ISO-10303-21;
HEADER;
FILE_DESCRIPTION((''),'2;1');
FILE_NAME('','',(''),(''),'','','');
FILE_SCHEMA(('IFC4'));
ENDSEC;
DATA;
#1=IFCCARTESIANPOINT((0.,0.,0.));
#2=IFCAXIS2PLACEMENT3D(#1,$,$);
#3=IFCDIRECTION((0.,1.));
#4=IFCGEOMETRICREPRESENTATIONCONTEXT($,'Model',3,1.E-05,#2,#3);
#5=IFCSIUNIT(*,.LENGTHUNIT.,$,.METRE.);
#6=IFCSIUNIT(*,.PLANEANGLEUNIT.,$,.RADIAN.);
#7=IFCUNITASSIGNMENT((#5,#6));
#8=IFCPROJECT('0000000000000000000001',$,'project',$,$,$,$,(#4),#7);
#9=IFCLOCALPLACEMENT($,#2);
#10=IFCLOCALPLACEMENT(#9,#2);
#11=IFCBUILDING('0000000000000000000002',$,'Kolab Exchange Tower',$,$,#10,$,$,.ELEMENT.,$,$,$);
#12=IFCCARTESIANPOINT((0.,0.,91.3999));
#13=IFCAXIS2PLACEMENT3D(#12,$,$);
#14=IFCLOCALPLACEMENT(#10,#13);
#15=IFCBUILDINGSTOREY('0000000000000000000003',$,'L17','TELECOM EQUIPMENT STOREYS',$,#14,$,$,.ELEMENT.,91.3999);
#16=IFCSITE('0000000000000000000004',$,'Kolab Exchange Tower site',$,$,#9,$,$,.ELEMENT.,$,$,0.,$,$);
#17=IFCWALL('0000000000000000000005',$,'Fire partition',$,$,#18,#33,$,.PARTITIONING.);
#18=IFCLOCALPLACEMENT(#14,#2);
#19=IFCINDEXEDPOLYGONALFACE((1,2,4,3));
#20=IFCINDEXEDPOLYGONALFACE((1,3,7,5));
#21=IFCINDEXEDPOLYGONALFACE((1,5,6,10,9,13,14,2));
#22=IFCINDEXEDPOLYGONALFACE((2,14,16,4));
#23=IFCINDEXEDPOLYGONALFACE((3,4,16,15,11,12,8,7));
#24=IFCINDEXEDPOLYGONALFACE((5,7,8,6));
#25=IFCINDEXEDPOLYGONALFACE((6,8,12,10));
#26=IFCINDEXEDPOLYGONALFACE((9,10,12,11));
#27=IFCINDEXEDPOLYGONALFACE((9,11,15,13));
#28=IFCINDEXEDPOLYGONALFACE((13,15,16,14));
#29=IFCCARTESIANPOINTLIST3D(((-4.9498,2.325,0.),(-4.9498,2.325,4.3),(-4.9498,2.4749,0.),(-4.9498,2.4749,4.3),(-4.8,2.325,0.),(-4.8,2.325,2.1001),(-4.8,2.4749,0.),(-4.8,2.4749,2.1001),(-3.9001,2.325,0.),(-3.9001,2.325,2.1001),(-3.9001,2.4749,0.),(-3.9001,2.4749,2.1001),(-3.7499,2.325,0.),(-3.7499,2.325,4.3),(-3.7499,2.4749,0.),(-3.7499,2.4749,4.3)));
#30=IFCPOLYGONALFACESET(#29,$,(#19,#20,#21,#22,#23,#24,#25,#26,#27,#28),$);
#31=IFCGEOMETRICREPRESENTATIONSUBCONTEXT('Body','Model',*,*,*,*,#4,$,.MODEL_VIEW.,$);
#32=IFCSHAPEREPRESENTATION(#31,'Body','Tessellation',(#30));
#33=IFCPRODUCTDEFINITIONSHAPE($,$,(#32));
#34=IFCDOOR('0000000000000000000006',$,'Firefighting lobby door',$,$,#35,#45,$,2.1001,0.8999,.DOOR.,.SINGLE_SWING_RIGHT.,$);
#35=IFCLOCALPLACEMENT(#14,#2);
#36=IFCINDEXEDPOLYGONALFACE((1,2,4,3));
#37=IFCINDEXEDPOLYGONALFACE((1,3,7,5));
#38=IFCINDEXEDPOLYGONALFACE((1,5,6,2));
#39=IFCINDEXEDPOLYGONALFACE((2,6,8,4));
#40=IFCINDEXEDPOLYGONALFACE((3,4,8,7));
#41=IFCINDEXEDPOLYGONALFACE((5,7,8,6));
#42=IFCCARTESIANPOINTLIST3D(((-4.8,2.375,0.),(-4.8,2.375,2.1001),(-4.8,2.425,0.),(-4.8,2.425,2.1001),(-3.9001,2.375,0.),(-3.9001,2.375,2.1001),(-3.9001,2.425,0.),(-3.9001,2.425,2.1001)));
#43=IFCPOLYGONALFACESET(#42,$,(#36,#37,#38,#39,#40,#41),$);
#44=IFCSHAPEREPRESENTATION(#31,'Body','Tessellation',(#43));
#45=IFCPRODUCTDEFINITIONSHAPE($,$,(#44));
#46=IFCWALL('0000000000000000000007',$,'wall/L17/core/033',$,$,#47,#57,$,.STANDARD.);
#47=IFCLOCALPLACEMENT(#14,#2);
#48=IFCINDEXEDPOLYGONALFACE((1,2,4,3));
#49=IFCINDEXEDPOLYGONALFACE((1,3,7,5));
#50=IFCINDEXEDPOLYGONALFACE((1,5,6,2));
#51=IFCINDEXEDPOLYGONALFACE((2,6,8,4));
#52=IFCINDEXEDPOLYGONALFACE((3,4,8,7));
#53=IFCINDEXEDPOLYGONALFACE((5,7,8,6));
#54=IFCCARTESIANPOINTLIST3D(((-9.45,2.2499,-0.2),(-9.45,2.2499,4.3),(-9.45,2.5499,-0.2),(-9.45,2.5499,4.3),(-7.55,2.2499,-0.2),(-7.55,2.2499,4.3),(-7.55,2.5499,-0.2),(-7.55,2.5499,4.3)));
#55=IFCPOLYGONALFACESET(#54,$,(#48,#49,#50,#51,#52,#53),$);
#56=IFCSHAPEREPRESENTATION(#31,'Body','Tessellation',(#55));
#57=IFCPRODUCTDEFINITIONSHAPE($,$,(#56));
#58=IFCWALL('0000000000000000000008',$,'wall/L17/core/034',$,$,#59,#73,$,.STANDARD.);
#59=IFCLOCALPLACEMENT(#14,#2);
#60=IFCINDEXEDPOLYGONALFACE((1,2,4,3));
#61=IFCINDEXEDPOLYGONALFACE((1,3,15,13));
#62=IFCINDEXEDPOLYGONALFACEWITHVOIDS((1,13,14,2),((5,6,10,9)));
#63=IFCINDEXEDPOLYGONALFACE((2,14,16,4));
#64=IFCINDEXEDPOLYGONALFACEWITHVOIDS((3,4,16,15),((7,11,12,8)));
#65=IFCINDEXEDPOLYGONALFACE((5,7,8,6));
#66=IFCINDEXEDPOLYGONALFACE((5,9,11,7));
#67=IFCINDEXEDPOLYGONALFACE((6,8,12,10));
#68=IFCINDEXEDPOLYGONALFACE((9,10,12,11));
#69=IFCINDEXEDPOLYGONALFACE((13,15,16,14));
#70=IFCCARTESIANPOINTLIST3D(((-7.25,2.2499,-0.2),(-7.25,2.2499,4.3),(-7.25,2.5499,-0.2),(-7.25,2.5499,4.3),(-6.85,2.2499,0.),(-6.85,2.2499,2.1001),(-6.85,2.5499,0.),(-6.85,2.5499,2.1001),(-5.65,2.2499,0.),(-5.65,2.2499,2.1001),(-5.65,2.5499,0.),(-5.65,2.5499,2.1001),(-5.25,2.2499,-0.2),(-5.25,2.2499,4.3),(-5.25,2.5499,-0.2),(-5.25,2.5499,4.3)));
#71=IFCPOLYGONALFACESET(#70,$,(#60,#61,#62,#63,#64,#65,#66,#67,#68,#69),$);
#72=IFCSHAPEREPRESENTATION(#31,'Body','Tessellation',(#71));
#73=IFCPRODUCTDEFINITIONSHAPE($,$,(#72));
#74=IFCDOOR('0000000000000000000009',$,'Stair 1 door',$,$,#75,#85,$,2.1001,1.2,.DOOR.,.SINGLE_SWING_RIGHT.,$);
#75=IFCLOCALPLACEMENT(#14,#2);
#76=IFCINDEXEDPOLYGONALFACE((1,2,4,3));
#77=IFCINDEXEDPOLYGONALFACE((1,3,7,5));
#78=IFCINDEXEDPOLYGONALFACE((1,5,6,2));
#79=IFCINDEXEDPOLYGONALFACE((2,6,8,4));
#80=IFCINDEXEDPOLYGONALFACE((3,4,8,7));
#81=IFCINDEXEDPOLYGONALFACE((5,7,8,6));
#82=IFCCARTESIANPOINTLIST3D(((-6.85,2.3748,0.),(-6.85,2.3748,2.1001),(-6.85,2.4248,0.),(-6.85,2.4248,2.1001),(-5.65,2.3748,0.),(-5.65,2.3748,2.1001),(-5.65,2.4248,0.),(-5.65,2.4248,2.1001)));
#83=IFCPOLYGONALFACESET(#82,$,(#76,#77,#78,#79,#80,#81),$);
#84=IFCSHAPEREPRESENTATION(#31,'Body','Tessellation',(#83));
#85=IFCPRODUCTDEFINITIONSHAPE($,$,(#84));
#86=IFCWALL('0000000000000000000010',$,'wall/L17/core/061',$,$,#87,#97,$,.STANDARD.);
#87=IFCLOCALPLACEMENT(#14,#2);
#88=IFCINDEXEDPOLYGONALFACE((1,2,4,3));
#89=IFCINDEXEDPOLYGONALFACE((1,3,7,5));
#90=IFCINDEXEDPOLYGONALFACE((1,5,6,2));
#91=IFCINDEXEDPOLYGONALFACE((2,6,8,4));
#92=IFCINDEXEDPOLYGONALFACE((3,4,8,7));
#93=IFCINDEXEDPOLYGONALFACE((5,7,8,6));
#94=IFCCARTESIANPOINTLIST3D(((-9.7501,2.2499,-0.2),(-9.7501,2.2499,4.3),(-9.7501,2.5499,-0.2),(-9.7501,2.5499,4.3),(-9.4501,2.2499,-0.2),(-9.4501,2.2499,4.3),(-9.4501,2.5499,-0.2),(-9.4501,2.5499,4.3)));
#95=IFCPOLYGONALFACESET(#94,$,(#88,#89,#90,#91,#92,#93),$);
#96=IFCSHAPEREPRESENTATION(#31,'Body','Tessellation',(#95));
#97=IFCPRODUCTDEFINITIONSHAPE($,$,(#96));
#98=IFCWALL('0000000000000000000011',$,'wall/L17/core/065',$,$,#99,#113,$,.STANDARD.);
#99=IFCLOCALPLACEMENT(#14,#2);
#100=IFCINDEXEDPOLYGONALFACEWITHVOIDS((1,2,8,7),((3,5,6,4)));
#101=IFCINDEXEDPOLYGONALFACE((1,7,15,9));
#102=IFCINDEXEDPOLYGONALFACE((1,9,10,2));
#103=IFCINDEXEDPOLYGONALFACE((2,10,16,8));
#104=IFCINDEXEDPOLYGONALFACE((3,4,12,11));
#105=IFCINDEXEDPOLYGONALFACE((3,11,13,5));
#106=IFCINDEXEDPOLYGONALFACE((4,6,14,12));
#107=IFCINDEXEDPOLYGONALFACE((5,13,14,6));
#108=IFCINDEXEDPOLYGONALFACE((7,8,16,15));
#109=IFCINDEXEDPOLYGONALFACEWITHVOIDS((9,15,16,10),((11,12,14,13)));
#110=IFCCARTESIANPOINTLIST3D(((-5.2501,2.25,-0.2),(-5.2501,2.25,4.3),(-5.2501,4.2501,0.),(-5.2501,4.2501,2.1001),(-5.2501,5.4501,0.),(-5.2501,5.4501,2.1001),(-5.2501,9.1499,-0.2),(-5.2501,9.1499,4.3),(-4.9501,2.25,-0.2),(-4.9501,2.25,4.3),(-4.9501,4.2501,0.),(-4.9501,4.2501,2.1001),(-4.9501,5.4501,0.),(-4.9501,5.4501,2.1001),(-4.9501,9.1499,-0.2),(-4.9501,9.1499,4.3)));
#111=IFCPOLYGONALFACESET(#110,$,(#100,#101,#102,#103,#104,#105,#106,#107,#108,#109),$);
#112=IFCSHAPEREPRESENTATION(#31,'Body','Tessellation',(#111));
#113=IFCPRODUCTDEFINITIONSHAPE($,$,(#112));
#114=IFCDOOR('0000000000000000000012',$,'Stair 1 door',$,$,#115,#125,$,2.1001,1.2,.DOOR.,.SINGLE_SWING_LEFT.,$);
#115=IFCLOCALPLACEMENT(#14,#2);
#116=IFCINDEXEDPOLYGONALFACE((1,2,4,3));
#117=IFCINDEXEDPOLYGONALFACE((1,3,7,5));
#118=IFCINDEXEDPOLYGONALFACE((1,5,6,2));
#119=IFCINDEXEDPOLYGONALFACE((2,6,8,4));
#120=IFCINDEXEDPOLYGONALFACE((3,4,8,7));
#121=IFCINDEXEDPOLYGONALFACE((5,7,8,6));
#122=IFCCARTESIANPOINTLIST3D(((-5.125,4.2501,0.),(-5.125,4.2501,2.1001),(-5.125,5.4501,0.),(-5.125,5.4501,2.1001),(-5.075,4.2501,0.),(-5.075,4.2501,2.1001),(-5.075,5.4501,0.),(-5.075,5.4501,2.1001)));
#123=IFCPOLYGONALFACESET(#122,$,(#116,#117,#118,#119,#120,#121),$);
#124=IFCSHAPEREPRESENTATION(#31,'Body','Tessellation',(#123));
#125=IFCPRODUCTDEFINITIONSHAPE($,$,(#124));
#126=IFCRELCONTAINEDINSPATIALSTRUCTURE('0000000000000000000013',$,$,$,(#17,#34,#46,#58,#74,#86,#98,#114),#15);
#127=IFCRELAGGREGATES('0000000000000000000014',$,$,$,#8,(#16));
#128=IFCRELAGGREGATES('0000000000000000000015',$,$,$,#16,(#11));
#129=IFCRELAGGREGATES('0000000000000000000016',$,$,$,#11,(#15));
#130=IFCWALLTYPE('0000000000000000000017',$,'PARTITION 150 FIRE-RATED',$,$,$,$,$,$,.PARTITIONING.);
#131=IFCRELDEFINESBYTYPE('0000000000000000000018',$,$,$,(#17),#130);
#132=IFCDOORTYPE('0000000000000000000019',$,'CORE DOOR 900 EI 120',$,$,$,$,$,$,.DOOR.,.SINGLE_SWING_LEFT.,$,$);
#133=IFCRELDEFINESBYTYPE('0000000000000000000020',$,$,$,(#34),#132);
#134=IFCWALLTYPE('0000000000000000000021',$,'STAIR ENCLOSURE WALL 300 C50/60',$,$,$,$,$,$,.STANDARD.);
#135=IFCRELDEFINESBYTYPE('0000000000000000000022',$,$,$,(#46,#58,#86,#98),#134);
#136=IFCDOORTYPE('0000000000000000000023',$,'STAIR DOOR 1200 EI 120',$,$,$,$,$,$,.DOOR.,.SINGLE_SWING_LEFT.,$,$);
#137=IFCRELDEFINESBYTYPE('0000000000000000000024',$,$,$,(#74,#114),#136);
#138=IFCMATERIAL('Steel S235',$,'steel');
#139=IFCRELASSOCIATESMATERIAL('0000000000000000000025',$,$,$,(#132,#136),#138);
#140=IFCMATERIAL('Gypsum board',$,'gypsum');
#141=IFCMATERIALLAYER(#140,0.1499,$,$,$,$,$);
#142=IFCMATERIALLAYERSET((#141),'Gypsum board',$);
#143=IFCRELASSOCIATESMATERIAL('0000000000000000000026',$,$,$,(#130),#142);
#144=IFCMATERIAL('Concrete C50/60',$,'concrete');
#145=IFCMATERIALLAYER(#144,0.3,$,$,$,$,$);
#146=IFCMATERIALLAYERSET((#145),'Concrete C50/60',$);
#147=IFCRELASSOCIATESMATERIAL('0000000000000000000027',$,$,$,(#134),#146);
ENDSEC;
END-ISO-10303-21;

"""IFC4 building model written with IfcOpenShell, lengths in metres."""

from ifc_helpers import new_model, si_unit, direction, frame, frame_2d, origin, place, context, subcontext, project, spatial, rectangle, extrude, material, layer, layer_set, type_object, element, fill, save


model = new_model("IFC4")

# Units and contexts
model_context = context("Model", 3, precision=1e-05, world=origin(), true_north=direction((0.0, 1.0)))
body_context = subcontext(model_context, "Body", "Model", "MODEL_VIEW")
ifc_project = project(units=[si_unit("LENGTHUNIT", "METRE"), si_unit("PLANEANGLEUNIT", "RADIAN")], contexts=[model_context])

# Site, building, storey
site_placement = place(None, origin())
site = spatial("IfcSite", under=ifc_project, at=site_placement, Name="Kolab Exchange Tower site", CompositionType="ELEMENT", RefElevation=0.0)
building_placement = place(site_placement, origin())
building = spatial("IfcBuilding", under=site, at=building_placement, Name="Kolab Exchange Tower", CompositionType="ELEMENT")
storey_placement = place(building_placement, frame((0.0, 0.0, 91.3999)))
storey = spatial("IfcBuildingStorey", under=building, at=storey_placement, Name="L17", Description="TELECOM EQUIPMENT STOREYS", CompositionType="ELEMENT", Elevation=91.3999)

# Shared definitions
ifc_material_1 = material(Name="Concrete C50/60", Category="concrete")

# Shared definitions
ifc_material_2 = material(Name="Steel S235", Category="steel")
door_type_1 = type_object("IfcDoorType", Name="CORE DOOR 900 EI 120", OperationType="SINGLE_SWING_LEFT", PredefinedType="DOOR", material=ifc_material_2)

# Wall, opening, door
ifc_material_3 = material(Name="Gypsum board", Category="gypsum")
ifc_layer_1 = layer(ifc_material_3, 0.1499)
ifc_layer_set_1 = layer_set([ifc_layer_1], Name="Gypsum board")
wall_type_1 = type_object("IfcWallType", Name="PARTITION 150 FIRE-RATED", PredefinedType="PARTITIONING", material=ifc_layer_set_1)
wall_1_placement = place(storey_placement, frame((-4.95, 2.3999, 0.0), z_axis=(0.0, 0.0, 1.0), x_axis=(1.0, 0.0, 0.0)))
wall_1 = element("IfcWall", 1, at=wall_1_placement, inside=storey, type_object=wall_type_1, Name="Fire partition", PredefinedType="PARTITIONING", context=body_context, shape_type="SweptSolid", body=[
    extrude(rectangle(XDim=1.2, YDim=0.1499, at=frame_2d((0.6001, 0.0))), origin(), (0.0, 0.0, 1.0), 4.3),
])
opening_1_placement = place(wall_1_placement, frame((0.1499, 0.0, 0.0)))
opening_1 = element("IfcOpeningElement", 2, at=opening_1_placement, cuts=wall_1, PredefinedType="OPENING", context=body_context, shape_type="SweptSolid", body=[
    extrude(rectangle(XDim=0.8999, YDim=2.1001, at=frame_2d((0.45, 1.05))), frame((0.0, 0.085, 0.0), z_axis=(0.0, -1.0, 0.0), x_axis=(1.0, 0.0, 0.0)), (0.0, 0.0, 1.0), 0.1699),
])
door_1_placement = place(opening_1_placement, frame((0.8999, 0.0, 0.0), z_axis=(0.0, 0.0, 1.0), x_axis=(-1.0, 0.0, 0.0)))
door_1 = element("IfcDoor", 3, at=door_1_placement, inside=storey, type_object=door_type_1, Name="Firefighting lobby door", OperationType="SINGLE_SWING_RIGHT", OverallHeight=2.1001, OverallWidth=0.8999, PredefinedType="DOOR", context=body_context, shape_type="SweptSolid", body=[
    extrude(rectangle(XDim=0.8999, YDim=2.1001, at=frame_2d((0.45, 1.05))), frame((0.0, 0.0249, 0.0), z_axis=(0.0, -1.0, 0.0), x_axis=(1.0, 0.0, 0.0)), (0.0, 0.0, 1.0), 0.05),
])
fill(opening_1, door_1)

# Wall
ifc_layer_2 = layer(ifc_material_1, 0.3)
ifc_layer_set_2 = layer_set([ifc_layer_2], Name="Concrete C50/60")
wall_type_2 = type_object("IfcWallType", Name="STAIR ENCLOSURE WALL 300 C50/60", PredefinedType="STANDARD", material=ifc_layer_set_2)
wall_2_placement = place(storey_placement, frame((-9.45, 2.3999, -0.2), z_axis=(0.0, 0.0, 1.0), x_axis=(1.0, 0.0, 0.0)))
element("IfcWall", 4, at=wall_2_placement, inside=storey, type_object=wall_type_2, Name="wall/L17/core/033", PredefinedType="STANDARD", context=body_context, shape_type="SweptSolid", body=[
    extrude(rectangle(XDim=1.8999, YDim=0.3, at=frame_2d((0.95, 0.0))), origin(), (0.0, 0.0, 1.0), 4.5),
])

# Wall, opening, door
wall_3_placement = place(storey_placement, frame((-7.25, 2.3999, -0.2), z_axis=(0.0, 0.0, 1.0), x_axis=(1.0, 0.0, 0.0)))
wall_3 = element("IfcWall", 5, at=wall_3_placement, inside=storey, type_object=wall_type_2, Name="wall/L17/core/034", PredefinedType="STANDARD", context=body_context, shape_type="SweptSolid", body=[
    extrude(rectangle(XDim=2.0, YDim=0.3, at=frame_2d((1.0, 0.0))), origin(), (0.0, 0.0, 1.0), 4.5),
])
opening_2_placement = place(wall_3_placement, frame((0.3999, 0.0, 0.2)))
opening_2 = element("IfcOpeningElement", 6, at=opening_2_placement, cuts=wall_3, PredefinedType="OPENING", context=body_context, shape_type="SweptSolid", body=[
    extrude(rectangle(XDim=1.2, YDim=2.1001, at=frame_2d((0.6001, 1.05))), frame((0.0, 0.1602, 0.0), z_axis=(0.0, -1.0, 0.0), x_axis=(1.0, 0.0, 0.0)), (0.0, 0.0, 1.0), 0.3201),
])
door_type_2 = type_object("IfcDoorType", Name="STAIR DOOR 1200 EI 120", OperationType="SINGLE_SWING_LEFT", PredefinedType="DOOR", material=ifc_material_2)
door_2_placement = place(opening_2_placement, origin())
door_2 = element("IfcDoor", 7, at=door_2_placement, inside=storey, type_object=door_type_2, Name="Stair 1 door", OperationType="SINGLE_SWING_RIGHT", OverallHeight=2.1001, OverallWidth=1.2, PredefinedType="DOOR", context=body_context, shape_type="SweptSolid", body=[
    extrude(rectangle(XDim=1.2, YDim=2.1001, at=frame_2d((0.6001, 1.05))), frame((0.0, 0.0249, 0.0), z_axis=(0.0, -1.0, 0.0), x_axis=(1.0, 0.0, 0.0)), (0.0, 0.0, 1.0), 0.05),
])
fill(opening_2, door_2)

# Wall
wall_4_placement = place(storey_placement, frame((-9.6001, 2.25, -0.2), z_axis=(0.0, 0.0, 1.0), x_axis=(0.0, 1.0, 0.0)))
element("IfcWall", 8, at=wall_4_placement, inside=storey, type_object=wall_type_2, Name="wall/L17/core/061", PredefinedType="STANDARD", context=body_context, shape_type="SweptSolid", body=[
    extrude(rectangle(XDim=0.3, YDim=0.3, at=frame_2d((0.1499, 0.0))), origin(), (0.0, 0.0, 1.0), 4.5),
])

# Wall, opening, door
wall_5_placement = place(storey_placement, frame((-5.1001, 2.25, -0.2), z_axis=(0.0, 0.0, 1.0), x_axis=(0.0, 1.0, 0.0)))
wall_5 = element("IfcWall", 9, at=wall_5_placement, inside=storey, type_object=wall_type_2, Name="wall/L17/core/065", PredefinedType="STANDARD", context=body_context, shape_type="SweptSolid", body=[
    extrude(rectangle(XDim=6.8999, YDim=0.3, at=frame_2d((3.45, 0.0))), origin(), (0.0, 0.0, 1.0), 4.5),
])
opening_3_placement = place(wall_5_placement, frame((2.0, 0.0, 0.2)))
opening_3 = element("IfcOpeningElement", 10, at=opening_3_placement, cuts=wall_5, PredefinedType="OPENING", context=body_context, shape_type="SweptSolid", body=[
    extrude(rectangle(XDim=1.2, YDim=2.1001, at=frame_2d((0.6001, 1.05))), frame((0.0, 0.1602, 0.0), z_axis=(0.0, -1.0, 0.0), x_axis=(1.0, 0.0, 0.0)), (0.0, 0.0, 1.0), 0.3201),
])
door_3_placement = place(opening_3_placement, origin())
door_3 = element("IfcDoor", 11, at=door_3_placement, inside=storey, type_object=door_type_2, Name="Stair 1 door", OperationType="SINGLE_SWING_LEFT", OverallHeight=2.1001, OverallWidth=1.2, PredefinedType="DOOR", context=body_context, shape_type="SweptSolid", body=[
    extrude(rectangle(XDim=1.2, YDim=2.1001, at=frame_2d((0.6001, 1.05))), frame((0.0, 0.0249, 0.0), z_axis=(0.0, -1.0, 0.0), x_axis=(1.0, 0.0, 0.0)), (0.0, 0.0, 1.0), 0.05),
])
fill(opening_3, door_3)

save(model, "model.ifc")
